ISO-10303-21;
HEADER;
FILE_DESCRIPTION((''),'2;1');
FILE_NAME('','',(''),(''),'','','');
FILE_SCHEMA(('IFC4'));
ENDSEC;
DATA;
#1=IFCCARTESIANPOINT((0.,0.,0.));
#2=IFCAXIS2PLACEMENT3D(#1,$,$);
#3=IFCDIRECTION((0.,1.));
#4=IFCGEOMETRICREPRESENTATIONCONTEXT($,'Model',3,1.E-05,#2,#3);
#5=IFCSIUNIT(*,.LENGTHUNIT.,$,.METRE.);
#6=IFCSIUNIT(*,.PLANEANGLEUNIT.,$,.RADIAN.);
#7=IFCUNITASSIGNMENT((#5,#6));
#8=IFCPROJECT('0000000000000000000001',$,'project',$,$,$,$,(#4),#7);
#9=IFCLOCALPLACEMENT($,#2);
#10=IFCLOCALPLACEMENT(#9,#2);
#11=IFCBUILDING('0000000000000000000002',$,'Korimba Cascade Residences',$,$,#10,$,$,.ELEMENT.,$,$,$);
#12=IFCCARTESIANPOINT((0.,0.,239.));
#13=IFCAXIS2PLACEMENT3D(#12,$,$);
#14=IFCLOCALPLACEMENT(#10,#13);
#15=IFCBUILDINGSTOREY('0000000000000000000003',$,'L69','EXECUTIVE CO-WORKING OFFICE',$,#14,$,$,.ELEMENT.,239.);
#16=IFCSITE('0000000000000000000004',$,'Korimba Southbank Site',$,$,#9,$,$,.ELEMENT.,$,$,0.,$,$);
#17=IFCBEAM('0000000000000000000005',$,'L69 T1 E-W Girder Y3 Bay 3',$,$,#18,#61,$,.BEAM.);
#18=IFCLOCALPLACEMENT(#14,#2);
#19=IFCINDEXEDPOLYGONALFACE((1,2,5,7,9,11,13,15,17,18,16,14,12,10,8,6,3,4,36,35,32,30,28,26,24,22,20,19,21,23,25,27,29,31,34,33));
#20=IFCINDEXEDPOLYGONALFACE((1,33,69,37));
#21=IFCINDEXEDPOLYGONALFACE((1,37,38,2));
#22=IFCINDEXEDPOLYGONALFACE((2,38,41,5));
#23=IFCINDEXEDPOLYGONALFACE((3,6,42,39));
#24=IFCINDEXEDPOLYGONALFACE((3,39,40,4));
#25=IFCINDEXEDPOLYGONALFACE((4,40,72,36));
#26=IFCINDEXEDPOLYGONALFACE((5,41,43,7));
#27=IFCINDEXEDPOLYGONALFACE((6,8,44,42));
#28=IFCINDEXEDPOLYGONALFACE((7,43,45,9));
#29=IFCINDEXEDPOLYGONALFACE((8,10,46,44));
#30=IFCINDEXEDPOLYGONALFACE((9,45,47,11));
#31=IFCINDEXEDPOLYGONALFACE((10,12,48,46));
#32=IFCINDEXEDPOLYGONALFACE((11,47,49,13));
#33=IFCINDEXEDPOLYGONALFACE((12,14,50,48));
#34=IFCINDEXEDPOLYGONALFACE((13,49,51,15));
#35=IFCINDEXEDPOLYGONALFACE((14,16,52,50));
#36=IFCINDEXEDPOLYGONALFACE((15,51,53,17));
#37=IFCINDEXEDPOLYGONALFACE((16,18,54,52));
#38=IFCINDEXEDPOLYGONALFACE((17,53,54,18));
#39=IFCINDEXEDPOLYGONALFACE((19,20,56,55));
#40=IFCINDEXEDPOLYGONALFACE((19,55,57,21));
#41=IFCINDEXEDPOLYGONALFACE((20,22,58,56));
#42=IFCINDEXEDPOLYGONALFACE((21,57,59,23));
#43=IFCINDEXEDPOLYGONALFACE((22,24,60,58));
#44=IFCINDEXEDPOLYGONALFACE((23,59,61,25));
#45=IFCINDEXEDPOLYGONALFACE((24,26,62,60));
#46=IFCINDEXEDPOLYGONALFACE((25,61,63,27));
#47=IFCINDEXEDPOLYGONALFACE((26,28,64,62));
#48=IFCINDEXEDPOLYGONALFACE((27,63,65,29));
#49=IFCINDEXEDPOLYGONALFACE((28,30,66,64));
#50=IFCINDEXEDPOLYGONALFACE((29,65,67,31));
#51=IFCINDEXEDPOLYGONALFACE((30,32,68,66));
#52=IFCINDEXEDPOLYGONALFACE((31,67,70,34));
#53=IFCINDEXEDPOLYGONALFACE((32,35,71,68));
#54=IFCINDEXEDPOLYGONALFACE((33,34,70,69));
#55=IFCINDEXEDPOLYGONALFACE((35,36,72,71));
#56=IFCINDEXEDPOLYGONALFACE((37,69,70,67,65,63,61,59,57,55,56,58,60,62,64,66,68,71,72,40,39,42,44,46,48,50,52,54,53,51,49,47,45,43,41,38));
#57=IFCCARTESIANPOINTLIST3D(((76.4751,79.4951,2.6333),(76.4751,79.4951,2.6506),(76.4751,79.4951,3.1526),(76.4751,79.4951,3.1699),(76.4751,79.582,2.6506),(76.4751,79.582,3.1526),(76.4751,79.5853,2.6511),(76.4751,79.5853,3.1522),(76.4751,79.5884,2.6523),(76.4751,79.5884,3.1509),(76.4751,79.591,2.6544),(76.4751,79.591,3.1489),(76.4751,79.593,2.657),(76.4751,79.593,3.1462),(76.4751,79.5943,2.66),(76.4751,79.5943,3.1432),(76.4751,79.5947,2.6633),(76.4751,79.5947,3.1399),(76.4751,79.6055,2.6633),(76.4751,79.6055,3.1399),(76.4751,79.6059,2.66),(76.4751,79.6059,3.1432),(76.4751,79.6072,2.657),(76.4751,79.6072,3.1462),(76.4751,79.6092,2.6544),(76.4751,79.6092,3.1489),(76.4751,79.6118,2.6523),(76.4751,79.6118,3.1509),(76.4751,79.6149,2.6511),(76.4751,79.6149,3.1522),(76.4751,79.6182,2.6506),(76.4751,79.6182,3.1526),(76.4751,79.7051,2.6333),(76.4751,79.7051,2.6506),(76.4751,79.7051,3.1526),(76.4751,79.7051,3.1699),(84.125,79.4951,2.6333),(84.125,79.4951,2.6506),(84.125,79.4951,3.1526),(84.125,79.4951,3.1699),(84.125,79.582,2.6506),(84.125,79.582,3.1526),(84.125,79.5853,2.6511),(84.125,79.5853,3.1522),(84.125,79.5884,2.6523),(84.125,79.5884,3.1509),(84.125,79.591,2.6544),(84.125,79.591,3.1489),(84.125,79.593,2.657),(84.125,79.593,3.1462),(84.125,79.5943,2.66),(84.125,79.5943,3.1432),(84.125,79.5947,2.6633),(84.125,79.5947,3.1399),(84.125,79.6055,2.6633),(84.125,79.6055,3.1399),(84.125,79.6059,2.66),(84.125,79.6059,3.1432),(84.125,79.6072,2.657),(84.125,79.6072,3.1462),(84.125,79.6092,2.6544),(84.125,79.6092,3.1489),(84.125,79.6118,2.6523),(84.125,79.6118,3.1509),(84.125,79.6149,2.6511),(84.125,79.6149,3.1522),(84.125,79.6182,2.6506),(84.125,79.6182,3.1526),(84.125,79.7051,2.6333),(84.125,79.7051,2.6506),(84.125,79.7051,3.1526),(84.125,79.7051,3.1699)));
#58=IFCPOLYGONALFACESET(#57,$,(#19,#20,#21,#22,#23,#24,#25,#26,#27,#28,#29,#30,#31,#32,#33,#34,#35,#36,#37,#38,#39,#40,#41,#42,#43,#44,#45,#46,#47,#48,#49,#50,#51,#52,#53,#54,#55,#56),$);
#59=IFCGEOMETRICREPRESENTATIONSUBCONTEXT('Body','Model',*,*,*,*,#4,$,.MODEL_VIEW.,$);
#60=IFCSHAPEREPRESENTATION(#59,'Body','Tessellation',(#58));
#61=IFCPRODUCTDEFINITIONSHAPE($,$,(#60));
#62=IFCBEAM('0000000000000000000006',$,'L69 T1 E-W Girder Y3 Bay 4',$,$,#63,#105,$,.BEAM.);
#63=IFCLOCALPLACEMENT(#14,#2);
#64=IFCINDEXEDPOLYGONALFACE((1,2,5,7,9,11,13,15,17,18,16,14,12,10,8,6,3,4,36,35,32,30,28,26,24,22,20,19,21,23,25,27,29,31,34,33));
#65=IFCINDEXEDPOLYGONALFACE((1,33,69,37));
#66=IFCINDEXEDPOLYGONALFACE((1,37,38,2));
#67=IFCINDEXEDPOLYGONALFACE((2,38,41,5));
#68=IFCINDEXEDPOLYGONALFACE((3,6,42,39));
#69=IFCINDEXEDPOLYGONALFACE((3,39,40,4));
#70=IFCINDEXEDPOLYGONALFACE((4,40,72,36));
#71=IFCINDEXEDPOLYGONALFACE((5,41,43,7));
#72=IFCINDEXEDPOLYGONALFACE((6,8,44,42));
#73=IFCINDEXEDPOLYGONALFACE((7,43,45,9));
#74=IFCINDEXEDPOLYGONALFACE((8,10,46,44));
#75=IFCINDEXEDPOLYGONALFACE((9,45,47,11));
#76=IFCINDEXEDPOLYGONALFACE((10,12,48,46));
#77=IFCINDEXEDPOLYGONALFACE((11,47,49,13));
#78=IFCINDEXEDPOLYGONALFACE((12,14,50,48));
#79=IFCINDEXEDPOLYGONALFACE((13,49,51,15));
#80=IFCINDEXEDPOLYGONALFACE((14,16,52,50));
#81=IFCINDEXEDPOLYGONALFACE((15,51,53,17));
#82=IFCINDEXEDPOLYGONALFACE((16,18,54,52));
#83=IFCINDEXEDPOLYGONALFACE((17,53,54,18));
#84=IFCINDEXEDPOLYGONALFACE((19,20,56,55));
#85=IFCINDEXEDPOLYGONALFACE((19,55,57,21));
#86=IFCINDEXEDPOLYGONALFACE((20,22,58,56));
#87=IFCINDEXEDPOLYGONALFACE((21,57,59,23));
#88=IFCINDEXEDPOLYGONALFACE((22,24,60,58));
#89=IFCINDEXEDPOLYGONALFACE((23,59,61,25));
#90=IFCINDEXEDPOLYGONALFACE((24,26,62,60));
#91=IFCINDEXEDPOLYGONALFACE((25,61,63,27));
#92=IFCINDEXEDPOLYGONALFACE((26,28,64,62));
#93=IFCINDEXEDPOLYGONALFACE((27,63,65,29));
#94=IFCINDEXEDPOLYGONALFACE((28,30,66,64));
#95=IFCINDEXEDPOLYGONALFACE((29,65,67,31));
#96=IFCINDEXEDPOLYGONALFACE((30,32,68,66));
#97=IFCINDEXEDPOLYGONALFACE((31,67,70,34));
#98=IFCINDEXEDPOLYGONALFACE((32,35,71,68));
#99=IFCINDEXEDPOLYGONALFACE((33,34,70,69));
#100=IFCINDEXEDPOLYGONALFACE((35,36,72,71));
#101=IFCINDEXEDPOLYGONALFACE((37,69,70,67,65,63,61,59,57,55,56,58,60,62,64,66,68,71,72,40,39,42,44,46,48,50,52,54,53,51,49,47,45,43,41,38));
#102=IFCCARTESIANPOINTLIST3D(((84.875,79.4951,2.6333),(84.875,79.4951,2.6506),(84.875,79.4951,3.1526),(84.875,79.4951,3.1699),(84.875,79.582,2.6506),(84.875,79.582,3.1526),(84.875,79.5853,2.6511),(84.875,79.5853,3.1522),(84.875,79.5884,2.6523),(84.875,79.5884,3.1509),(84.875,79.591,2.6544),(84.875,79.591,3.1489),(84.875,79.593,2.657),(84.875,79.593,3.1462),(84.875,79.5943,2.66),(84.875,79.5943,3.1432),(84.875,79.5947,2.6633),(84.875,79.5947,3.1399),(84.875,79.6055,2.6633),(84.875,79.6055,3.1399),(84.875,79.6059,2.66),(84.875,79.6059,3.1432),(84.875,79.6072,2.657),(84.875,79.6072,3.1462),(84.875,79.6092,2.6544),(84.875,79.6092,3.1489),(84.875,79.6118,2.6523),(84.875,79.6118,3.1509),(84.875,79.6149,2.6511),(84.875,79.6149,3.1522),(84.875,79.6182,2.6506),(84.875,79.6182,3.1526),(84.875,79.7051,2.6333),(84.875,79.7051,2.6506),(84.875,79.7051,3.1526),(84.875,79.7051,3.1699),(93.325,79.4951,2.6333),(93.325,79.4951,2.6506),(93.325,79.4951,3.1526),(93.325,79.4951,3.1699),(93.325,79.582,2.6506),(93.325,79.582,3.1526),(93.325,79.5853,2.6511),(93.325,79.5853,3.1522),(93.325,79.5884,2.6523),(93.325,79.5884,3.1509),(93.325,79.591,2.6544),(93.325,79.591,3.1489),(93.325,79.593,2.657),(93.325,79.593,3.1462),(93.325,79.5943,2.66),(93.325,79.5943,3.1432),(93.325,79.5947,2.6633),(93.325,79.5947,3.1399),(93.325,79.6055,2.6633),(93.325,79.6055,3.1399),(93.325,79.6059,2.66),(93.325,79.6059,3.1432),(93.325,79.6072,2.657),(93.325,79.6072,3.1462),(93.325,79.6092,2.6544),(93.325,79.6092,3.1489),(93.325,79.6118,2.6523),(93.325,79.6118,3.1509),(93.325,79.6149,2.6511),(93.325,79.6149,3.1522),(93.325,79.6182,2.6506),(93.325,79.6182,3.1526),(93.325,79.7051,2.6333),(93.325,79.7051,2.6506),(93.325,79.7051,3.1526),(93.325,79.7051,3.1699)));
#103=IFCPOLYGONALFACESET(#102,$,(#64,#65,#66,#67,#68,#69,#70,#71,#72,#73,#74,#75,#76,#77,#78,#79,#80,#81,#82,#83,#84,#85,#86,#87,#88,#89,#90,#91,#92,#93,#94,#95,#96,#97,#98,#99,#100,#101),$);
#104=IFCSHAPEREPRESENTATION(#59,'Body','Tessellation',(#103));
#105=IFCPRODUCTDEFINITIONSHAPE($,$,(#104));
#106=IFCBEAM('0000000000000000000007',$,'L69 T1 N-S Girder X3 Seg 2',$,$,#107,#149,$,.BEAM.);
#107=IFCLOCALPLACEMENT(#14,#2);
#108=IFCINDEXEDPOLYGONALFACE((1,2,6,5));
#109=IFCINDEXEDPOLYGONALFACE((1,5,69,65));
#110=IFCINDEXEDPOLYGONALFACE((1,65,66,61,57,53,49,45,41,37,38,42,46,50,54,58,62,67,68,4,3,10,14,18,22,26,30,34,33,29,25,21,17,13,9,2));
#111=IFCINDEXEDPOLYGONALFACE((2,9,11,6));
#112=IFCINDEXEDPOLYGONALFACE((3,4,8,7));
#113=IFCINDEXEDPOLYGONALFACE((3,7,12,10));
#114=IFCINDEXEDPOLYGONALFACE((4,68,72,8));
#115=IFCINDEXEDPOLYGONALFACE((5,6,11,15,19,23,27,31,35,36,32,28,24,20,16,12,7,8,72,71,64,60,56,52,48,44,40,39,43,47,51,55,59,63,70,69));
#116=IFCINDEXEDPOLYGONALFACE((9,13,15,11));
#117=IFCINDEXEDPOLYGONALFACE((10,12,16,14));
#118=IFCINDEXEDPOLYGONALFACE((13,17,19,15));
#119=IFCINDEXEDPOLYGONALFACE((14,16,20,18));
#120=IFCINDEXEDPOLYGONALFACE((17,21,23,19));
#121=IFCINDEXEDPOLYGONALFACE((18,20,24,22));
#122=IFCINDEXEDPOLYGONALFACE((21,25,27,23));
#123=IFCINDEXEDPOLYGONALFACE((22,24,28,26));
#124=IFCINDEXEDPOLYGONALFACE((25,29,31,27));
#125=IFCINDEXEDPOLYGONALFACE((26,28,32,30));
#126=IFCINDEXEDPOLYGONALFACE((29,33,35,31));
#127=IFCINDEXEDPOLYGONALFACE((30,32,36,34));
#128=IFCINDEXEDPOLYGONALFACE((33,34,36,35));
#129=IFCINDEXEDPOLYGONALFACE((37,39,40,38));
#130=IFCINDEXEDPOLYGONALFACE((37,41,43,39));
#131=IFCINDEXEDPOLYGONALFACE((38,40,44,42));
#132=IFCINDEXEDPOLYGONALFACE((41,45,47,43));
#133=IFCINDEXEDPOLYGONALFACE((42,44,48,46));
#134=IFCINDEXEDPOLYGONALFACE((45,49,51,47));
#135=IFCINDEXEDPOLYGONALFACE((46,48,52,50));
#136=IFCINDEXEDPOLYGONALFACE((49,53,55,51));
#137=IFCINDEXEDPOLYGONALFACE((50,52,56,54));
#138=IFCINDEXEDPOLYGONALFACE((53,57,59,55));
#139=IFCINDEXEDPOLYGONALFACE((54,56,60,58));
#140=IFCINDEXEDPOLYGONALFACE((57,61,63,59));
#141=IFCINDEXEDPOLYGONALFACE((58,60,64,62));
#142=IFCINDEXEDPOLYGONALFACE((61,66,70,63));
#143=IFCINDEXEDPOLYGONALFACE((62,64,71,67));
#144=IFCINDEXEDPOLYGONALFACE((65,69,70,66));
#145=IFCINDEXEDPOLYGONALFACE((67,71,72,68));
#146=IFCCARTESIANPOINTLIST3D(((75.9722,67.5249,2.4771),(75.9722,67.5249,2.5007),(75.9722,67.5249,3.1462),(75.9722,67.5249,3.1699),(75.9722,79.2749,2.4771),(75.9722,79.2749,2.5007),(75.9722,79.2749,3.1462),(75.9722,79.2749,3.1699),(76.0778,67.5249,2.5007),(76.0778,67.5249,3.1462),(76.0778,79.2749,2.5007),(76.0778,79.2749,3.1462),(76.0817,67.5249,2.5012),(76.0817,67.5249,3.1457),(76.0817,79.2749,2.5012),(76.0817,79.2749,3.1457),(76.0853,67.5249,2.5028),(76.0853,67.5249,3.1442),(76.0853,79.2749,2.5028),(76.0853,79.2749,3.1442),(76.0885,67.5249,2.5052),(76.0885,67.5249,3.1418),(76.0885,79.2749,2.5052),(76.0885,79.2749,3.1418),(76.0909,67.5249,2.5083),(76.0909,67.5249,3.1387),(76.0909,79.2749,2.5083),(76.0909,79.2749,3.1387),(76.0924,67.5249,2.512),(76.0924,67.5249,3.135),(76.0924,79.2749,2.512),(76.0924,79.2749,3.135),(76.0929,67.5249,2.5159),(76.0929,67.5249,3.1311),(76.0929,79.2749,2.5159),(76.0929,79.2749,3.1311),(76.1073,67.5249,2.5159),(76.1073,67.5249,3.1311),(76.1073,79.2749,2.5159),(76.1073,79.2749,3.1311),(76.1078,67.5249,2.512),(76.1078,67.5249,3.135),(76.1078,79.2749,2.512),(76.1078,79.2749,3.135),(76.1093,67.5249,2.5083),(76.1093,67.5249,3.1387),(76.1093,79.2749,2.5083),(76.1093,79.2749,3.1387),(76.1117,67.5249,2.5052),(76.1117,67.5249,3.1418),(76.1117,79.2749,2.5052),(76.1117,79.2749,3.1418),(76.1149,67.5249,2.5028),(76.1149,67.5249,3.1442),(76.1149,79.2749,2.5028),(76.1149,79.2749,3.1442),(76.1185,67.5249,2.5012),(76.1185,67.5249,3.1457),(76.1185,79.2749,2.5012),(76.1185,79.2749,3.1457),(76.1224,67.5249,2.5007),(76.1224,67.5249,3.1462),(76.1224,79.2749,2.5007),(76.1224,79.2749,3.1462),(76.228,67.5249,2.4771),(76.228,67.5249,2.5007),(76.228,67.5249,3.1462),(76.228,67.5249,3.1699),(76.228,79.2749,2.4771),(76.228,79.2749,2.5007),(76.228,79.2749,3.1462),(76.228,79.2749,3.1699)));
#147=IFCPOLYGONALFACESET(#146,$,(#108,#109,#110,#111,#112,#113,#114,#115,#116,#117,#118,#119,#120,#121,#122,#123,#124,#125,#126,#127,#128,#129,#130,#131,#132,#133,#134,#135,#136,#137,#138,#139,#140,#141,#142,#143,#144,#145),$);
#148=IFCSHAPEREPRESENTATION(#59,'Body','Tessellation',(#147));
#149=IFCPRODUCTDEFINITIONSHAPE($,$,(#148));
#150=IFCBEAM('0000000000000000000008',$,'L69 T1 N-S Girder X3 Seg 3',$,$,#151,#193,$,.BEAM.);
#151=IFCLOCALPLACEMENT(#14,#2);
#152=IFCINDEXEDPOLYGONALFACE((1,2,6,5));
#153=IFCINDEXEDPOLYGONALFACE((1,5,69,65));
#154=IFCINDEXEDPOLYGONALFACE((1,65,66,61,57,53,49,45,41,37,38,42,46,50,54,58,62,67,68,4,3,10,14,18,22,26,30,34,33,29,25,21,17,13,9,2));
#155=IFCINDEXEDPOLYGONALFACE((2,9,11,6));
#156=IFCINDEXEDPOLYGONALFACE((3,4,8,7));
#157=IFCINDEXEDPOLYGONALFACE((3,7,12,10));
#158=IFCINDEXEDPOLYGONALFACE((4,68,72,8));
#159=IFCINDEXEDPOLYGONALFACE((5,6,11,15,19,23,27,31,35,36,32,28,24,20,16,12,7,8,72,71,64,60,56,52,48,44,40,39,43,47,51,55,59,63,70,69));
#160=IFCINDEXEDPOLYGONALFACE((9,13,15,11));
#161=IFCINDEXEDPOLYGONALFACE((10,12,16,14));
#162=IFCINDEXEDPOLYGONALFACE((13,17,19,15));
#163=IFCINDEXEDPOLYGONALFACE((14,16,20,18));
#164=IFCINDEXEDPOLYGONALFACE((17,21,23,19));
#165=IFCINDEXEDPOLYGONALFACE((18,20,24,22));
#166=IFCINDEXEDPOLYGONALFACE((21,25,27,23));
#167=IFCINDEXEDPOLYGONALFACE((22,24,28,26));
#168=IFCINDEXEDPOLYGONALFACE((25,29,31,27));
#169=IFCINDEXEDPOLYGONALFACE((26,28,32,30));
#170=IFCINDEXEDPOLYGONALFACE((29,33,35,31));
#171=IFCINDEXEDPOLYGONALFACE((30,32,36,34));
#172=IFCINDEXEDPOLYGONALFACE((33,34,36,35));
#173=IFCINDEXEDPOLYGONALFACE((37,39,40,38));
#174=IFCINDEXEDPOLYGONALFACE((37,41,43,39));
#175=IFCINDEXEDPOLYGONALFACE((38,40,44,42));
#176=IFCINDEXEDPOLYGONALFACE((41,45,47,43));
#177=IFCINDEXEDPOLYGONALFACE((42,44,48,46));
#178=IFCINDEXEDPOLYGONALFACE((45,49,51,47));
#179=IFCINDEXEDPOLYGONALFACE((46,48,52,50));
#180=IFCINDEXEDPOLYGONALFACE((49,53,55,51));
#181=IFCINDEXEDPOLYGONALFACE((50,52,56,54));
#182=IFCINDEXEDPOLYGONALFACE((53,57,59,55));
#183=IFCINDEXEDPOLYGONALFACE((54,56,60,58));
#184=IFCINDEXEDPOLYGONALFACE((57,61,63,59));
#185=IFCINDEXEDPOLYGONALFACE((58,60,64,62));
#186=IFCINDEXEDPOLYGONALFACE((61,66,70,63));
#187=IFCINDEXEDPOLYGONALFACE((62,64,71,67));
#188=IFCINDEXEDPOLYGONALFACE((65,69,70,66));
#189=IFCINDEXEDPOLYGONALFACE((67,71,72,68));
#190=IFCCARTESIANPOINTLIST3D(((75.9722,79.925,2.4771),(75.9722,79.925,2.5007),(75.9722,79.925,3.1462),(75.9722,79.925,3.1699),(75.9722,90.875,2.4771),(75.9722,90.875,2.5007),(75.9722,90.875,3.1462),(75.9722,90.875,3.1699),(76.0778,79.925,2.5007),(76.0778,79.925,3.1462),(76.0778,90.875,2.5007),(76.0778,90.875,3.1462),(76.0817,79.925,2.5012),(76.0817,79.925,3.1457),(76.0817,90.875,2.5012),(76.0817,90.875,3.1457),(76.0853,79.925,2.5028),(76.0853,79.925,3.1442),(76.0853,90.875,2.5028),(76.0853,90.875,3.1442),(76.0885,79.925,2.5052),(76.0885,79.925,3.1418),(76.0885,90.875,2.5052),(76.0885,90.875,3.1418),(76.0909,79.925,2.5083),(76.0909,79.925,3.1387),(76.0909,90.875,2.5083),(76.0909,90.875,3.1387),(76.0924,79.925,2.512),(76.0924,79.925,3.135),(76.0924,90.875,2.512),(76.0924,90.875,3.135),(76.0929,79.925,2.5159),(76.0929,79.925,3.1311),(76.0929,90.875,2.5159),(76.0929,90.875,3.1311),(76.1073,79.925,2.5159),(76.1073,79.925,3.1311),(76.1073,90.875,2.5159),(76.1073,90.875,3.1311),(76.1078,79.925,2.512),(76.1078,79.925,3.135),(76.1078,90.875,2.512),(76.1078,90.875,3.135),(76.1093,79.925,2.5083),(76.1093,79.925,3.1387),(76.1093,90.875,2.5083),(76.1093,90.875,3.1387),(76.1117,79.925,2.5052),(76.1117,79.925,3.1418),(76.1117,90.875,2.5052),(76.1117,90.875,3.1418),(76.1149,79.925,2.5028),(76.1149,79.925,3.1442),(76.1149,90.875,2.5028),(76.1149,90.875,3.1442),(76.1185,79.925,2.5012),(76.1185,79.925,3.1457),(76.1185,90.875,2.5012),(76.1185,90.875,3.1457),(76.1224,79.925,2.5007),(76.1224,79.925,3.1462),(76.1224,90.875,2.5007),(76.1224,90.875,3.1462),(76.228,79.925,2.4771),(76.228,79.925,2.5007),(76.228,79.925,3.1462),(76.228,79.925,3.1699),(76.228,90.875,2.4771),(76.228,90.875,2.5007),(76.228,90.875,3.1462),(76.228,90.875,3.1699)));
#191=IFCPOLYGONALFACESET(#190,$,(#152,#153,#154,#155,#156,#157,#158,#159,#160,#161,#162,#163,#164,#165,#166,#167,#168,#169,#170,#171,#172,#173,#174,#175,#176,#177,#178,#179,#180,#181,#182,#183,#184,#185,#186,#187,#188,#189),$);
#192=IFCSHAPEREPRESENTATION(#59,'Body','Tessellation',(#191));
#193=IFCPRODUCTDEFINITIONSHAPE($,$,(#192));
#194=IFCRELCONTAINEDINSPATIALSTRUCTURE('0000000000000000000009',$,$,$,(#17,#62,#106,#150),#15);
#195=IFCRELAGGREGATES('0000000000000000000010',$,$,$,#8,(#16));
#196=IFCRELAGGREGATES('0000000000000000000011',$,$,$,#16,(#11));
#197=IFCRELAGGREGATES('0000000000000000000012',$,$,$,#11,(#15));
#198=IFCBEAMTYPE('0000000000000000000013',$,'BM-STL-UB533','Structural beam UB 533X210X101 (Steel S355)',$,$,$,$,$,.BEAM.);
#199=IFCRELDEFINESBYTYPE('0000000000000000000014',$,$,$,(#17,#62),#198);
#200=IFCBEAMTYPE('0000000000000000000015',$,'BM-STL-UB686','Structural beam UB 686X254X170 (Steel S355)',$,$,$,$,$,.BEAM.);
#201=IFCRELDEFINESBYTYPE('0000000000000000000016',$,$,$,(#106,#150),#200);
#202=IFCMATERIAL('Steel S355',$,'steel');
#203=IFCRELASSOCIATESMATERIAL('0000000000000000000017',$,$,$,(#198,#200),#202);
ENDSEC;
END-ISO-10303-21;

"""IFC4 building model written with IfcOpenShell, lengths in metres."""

from ifc_helpers import new_model, si_unit, direction, frame, origin, origin_2d, place, context, subcontext, project, spatial, i_section, extrude, material, material_profile, profile_set, type_object, element, save


model = new_model("IFC4")

# Units and contexts
model_context = context("Model", 3, precision=1e-05, world=origin(), true_north=direction((0.0, 1.0)))
body_context = subcontext(model_context, "Body", "Model", "MODEL_VIEW")
ifc_project = project(units=[si_unit("LENGTHUNIT", "METRE"), si_unit("PLANEANGLEUNIT", "RADIAN")], contexts=[model_context])

# Site, building, storey
site_placement = place(None, origin())
site = spatial("IfcSite", under=ifc_project, at=site_placement, Name="Korimba Southbank Site", CompositionType="ELEMENT", RefElevation=0.0)
building_placement = place(site_placement, origin())
building = spatial("IfcBuilding", under=site, at=building_placement, Name="Korimba Cascade Residences", CompositionType="ELEMENT")
storey_placement = place(building_placement, frame((0.0, 0.0, 239.0)))
storey = spatial("IfcBuildingStorey", under=building, at=storey_placement, Name="L69", Description="EXECUTIVE CO-WORKING OFFICE", CompositionType="ELEMENT", Elevation=239.0)

# Beams
ifc_material_1 = material(Name="Steel S355", Category="steel")
ifc_material_profile_1 = material_profile(ifc_material_1, i_section(OverallWidth=0.21, OverallDepth=0.5366, WebThickness=0.0107, FlangeThickness=0.0173, FilletRadius=0.0127, at=origin_2d()), Name="Steel S355")
ifc_profile_set_1 = profile_set([ifc_material_profile_1], Name="Steel S355")
beam_type_1 = type_object("IfcBeamType", Name="BM-STL-UB533", Description="Structural beam UB 533X210X101 (Steel S355)", PredefinedType="BEAM", material=ifc_profile_set_1)
beam_1_placement = place(storey_placement, frame((76.4751, 79.6001, 2.9016), z_axis=(1.0, 0.0, 0.0), x_axis=(0.0, 1.0, 0.0)))
element("IfcBeam", 1, at=beam_1_placement, inside=storey, type_object=beam_type_1, Name="L69 T1 E-W Girder Y3 Bay 3", PredefinedType="BEAM", context=body_context, shape_type="SweptSolid", body=[
    extrude(i_section(OverallWidth=0.21, OverallDepth=0.5366, WebThickness=0.0107, FlangeThickness=0.0173, FilletRadius=0.0127, at=origin_2d()), origin(), (0.0, 0.0, 1.0), 7.6499),
])
beam_2_placement = place(storey_placement, frame((84.875, 79.6001, 2.9016), z_axis=(1.0, 0.0, 0.0), x_axis=(0.0, 1.0, 0.0)))
element("IfcBeam", 2, at=beam_2_placement, inside=storey, type_object=beam_type_1, Name="L69 T1 E-W Girder Y3 Bay 4", PredefinedType="BEAM", context=body_context, shape_type="SweptSolid", body=[
    extrude(i_section(OverallWidth=0.21, OverallDepth=0.5366, WebThickness=0.0107, FlangeThickness=0.0173, FilletRadius=0.0127, at=origin_2d()), origin(), (0.0, 0.0, 1.0), 8.45),
])
ifc_material_profile_2 = material_profile(ifc_material_1, i_section(OverallWidth=0.2559, OverallDepth=0.6929, WebThickness=0.0144, FlangeThickness=0.0237, FilletRadius=0.0151, at=origin_2d()), Name="Steel S355")
ifc_profile_set_2 = profile_set([ifc_material_profile_2], Name="Steel S355")
beam_type_2 = type_object("IfcBeamType", Name="BM-STL-UB686", Description="Structural beam UB 686X254X170 (Steel S355)", PredefinedType="BEAM", material=ifc_profile_set_2)
beam_3_placement = place(storey_placement, frame((76.1001, 67.5249, 2.8235), z_axis=(0.0, 1.0, 0.0), x_axis=(-1.0, 0.0, 0.0)))
element("IfcBeam", 3, at=beam_3_placement, inside=storey, type_object=beam_type_2, Name="L69 T1 N-S Girder X3 Seg 2", PredefinedType="BEAM", context=body_context, shape_type="SweptSolid", body=[
    extrude(i_section(OverallWidth=0.2559, OverallDepth=0.6929, WebThickness=0.0144, FlangeThickness=0.0237, FilletRadius=0.0151, at=origin_2d()), origin(), (0.0, 0.0, 1.0), 11.75),
])
beam_4_placement = place(storey_placement, frame((76.1001, 79.925, 2.8235), z_axis=(0.0, 1.0, 0.0), x_axis=(-1.0, 0.0, 0.0)))
element("IfcBeam", 4, at=beam_4_placement, inside=storey, type_object=beam_type_2, Name="L69 T1 N-S Girder X3 Seg 3", PredefinedType="BEAM", context=body_context, shape_type="SweptSolid", body=[
    extrude(i_section(OverallWidth=0.2559, OverallDepth=0.6929, WebThickness=0.0144, FlangeThickness=0.0237, FilletRadius=0.0151, at=origin_2d()), origin(), (0.0, 0.0, 1.0), 10.95),
])

save(model, "model.ifc")
